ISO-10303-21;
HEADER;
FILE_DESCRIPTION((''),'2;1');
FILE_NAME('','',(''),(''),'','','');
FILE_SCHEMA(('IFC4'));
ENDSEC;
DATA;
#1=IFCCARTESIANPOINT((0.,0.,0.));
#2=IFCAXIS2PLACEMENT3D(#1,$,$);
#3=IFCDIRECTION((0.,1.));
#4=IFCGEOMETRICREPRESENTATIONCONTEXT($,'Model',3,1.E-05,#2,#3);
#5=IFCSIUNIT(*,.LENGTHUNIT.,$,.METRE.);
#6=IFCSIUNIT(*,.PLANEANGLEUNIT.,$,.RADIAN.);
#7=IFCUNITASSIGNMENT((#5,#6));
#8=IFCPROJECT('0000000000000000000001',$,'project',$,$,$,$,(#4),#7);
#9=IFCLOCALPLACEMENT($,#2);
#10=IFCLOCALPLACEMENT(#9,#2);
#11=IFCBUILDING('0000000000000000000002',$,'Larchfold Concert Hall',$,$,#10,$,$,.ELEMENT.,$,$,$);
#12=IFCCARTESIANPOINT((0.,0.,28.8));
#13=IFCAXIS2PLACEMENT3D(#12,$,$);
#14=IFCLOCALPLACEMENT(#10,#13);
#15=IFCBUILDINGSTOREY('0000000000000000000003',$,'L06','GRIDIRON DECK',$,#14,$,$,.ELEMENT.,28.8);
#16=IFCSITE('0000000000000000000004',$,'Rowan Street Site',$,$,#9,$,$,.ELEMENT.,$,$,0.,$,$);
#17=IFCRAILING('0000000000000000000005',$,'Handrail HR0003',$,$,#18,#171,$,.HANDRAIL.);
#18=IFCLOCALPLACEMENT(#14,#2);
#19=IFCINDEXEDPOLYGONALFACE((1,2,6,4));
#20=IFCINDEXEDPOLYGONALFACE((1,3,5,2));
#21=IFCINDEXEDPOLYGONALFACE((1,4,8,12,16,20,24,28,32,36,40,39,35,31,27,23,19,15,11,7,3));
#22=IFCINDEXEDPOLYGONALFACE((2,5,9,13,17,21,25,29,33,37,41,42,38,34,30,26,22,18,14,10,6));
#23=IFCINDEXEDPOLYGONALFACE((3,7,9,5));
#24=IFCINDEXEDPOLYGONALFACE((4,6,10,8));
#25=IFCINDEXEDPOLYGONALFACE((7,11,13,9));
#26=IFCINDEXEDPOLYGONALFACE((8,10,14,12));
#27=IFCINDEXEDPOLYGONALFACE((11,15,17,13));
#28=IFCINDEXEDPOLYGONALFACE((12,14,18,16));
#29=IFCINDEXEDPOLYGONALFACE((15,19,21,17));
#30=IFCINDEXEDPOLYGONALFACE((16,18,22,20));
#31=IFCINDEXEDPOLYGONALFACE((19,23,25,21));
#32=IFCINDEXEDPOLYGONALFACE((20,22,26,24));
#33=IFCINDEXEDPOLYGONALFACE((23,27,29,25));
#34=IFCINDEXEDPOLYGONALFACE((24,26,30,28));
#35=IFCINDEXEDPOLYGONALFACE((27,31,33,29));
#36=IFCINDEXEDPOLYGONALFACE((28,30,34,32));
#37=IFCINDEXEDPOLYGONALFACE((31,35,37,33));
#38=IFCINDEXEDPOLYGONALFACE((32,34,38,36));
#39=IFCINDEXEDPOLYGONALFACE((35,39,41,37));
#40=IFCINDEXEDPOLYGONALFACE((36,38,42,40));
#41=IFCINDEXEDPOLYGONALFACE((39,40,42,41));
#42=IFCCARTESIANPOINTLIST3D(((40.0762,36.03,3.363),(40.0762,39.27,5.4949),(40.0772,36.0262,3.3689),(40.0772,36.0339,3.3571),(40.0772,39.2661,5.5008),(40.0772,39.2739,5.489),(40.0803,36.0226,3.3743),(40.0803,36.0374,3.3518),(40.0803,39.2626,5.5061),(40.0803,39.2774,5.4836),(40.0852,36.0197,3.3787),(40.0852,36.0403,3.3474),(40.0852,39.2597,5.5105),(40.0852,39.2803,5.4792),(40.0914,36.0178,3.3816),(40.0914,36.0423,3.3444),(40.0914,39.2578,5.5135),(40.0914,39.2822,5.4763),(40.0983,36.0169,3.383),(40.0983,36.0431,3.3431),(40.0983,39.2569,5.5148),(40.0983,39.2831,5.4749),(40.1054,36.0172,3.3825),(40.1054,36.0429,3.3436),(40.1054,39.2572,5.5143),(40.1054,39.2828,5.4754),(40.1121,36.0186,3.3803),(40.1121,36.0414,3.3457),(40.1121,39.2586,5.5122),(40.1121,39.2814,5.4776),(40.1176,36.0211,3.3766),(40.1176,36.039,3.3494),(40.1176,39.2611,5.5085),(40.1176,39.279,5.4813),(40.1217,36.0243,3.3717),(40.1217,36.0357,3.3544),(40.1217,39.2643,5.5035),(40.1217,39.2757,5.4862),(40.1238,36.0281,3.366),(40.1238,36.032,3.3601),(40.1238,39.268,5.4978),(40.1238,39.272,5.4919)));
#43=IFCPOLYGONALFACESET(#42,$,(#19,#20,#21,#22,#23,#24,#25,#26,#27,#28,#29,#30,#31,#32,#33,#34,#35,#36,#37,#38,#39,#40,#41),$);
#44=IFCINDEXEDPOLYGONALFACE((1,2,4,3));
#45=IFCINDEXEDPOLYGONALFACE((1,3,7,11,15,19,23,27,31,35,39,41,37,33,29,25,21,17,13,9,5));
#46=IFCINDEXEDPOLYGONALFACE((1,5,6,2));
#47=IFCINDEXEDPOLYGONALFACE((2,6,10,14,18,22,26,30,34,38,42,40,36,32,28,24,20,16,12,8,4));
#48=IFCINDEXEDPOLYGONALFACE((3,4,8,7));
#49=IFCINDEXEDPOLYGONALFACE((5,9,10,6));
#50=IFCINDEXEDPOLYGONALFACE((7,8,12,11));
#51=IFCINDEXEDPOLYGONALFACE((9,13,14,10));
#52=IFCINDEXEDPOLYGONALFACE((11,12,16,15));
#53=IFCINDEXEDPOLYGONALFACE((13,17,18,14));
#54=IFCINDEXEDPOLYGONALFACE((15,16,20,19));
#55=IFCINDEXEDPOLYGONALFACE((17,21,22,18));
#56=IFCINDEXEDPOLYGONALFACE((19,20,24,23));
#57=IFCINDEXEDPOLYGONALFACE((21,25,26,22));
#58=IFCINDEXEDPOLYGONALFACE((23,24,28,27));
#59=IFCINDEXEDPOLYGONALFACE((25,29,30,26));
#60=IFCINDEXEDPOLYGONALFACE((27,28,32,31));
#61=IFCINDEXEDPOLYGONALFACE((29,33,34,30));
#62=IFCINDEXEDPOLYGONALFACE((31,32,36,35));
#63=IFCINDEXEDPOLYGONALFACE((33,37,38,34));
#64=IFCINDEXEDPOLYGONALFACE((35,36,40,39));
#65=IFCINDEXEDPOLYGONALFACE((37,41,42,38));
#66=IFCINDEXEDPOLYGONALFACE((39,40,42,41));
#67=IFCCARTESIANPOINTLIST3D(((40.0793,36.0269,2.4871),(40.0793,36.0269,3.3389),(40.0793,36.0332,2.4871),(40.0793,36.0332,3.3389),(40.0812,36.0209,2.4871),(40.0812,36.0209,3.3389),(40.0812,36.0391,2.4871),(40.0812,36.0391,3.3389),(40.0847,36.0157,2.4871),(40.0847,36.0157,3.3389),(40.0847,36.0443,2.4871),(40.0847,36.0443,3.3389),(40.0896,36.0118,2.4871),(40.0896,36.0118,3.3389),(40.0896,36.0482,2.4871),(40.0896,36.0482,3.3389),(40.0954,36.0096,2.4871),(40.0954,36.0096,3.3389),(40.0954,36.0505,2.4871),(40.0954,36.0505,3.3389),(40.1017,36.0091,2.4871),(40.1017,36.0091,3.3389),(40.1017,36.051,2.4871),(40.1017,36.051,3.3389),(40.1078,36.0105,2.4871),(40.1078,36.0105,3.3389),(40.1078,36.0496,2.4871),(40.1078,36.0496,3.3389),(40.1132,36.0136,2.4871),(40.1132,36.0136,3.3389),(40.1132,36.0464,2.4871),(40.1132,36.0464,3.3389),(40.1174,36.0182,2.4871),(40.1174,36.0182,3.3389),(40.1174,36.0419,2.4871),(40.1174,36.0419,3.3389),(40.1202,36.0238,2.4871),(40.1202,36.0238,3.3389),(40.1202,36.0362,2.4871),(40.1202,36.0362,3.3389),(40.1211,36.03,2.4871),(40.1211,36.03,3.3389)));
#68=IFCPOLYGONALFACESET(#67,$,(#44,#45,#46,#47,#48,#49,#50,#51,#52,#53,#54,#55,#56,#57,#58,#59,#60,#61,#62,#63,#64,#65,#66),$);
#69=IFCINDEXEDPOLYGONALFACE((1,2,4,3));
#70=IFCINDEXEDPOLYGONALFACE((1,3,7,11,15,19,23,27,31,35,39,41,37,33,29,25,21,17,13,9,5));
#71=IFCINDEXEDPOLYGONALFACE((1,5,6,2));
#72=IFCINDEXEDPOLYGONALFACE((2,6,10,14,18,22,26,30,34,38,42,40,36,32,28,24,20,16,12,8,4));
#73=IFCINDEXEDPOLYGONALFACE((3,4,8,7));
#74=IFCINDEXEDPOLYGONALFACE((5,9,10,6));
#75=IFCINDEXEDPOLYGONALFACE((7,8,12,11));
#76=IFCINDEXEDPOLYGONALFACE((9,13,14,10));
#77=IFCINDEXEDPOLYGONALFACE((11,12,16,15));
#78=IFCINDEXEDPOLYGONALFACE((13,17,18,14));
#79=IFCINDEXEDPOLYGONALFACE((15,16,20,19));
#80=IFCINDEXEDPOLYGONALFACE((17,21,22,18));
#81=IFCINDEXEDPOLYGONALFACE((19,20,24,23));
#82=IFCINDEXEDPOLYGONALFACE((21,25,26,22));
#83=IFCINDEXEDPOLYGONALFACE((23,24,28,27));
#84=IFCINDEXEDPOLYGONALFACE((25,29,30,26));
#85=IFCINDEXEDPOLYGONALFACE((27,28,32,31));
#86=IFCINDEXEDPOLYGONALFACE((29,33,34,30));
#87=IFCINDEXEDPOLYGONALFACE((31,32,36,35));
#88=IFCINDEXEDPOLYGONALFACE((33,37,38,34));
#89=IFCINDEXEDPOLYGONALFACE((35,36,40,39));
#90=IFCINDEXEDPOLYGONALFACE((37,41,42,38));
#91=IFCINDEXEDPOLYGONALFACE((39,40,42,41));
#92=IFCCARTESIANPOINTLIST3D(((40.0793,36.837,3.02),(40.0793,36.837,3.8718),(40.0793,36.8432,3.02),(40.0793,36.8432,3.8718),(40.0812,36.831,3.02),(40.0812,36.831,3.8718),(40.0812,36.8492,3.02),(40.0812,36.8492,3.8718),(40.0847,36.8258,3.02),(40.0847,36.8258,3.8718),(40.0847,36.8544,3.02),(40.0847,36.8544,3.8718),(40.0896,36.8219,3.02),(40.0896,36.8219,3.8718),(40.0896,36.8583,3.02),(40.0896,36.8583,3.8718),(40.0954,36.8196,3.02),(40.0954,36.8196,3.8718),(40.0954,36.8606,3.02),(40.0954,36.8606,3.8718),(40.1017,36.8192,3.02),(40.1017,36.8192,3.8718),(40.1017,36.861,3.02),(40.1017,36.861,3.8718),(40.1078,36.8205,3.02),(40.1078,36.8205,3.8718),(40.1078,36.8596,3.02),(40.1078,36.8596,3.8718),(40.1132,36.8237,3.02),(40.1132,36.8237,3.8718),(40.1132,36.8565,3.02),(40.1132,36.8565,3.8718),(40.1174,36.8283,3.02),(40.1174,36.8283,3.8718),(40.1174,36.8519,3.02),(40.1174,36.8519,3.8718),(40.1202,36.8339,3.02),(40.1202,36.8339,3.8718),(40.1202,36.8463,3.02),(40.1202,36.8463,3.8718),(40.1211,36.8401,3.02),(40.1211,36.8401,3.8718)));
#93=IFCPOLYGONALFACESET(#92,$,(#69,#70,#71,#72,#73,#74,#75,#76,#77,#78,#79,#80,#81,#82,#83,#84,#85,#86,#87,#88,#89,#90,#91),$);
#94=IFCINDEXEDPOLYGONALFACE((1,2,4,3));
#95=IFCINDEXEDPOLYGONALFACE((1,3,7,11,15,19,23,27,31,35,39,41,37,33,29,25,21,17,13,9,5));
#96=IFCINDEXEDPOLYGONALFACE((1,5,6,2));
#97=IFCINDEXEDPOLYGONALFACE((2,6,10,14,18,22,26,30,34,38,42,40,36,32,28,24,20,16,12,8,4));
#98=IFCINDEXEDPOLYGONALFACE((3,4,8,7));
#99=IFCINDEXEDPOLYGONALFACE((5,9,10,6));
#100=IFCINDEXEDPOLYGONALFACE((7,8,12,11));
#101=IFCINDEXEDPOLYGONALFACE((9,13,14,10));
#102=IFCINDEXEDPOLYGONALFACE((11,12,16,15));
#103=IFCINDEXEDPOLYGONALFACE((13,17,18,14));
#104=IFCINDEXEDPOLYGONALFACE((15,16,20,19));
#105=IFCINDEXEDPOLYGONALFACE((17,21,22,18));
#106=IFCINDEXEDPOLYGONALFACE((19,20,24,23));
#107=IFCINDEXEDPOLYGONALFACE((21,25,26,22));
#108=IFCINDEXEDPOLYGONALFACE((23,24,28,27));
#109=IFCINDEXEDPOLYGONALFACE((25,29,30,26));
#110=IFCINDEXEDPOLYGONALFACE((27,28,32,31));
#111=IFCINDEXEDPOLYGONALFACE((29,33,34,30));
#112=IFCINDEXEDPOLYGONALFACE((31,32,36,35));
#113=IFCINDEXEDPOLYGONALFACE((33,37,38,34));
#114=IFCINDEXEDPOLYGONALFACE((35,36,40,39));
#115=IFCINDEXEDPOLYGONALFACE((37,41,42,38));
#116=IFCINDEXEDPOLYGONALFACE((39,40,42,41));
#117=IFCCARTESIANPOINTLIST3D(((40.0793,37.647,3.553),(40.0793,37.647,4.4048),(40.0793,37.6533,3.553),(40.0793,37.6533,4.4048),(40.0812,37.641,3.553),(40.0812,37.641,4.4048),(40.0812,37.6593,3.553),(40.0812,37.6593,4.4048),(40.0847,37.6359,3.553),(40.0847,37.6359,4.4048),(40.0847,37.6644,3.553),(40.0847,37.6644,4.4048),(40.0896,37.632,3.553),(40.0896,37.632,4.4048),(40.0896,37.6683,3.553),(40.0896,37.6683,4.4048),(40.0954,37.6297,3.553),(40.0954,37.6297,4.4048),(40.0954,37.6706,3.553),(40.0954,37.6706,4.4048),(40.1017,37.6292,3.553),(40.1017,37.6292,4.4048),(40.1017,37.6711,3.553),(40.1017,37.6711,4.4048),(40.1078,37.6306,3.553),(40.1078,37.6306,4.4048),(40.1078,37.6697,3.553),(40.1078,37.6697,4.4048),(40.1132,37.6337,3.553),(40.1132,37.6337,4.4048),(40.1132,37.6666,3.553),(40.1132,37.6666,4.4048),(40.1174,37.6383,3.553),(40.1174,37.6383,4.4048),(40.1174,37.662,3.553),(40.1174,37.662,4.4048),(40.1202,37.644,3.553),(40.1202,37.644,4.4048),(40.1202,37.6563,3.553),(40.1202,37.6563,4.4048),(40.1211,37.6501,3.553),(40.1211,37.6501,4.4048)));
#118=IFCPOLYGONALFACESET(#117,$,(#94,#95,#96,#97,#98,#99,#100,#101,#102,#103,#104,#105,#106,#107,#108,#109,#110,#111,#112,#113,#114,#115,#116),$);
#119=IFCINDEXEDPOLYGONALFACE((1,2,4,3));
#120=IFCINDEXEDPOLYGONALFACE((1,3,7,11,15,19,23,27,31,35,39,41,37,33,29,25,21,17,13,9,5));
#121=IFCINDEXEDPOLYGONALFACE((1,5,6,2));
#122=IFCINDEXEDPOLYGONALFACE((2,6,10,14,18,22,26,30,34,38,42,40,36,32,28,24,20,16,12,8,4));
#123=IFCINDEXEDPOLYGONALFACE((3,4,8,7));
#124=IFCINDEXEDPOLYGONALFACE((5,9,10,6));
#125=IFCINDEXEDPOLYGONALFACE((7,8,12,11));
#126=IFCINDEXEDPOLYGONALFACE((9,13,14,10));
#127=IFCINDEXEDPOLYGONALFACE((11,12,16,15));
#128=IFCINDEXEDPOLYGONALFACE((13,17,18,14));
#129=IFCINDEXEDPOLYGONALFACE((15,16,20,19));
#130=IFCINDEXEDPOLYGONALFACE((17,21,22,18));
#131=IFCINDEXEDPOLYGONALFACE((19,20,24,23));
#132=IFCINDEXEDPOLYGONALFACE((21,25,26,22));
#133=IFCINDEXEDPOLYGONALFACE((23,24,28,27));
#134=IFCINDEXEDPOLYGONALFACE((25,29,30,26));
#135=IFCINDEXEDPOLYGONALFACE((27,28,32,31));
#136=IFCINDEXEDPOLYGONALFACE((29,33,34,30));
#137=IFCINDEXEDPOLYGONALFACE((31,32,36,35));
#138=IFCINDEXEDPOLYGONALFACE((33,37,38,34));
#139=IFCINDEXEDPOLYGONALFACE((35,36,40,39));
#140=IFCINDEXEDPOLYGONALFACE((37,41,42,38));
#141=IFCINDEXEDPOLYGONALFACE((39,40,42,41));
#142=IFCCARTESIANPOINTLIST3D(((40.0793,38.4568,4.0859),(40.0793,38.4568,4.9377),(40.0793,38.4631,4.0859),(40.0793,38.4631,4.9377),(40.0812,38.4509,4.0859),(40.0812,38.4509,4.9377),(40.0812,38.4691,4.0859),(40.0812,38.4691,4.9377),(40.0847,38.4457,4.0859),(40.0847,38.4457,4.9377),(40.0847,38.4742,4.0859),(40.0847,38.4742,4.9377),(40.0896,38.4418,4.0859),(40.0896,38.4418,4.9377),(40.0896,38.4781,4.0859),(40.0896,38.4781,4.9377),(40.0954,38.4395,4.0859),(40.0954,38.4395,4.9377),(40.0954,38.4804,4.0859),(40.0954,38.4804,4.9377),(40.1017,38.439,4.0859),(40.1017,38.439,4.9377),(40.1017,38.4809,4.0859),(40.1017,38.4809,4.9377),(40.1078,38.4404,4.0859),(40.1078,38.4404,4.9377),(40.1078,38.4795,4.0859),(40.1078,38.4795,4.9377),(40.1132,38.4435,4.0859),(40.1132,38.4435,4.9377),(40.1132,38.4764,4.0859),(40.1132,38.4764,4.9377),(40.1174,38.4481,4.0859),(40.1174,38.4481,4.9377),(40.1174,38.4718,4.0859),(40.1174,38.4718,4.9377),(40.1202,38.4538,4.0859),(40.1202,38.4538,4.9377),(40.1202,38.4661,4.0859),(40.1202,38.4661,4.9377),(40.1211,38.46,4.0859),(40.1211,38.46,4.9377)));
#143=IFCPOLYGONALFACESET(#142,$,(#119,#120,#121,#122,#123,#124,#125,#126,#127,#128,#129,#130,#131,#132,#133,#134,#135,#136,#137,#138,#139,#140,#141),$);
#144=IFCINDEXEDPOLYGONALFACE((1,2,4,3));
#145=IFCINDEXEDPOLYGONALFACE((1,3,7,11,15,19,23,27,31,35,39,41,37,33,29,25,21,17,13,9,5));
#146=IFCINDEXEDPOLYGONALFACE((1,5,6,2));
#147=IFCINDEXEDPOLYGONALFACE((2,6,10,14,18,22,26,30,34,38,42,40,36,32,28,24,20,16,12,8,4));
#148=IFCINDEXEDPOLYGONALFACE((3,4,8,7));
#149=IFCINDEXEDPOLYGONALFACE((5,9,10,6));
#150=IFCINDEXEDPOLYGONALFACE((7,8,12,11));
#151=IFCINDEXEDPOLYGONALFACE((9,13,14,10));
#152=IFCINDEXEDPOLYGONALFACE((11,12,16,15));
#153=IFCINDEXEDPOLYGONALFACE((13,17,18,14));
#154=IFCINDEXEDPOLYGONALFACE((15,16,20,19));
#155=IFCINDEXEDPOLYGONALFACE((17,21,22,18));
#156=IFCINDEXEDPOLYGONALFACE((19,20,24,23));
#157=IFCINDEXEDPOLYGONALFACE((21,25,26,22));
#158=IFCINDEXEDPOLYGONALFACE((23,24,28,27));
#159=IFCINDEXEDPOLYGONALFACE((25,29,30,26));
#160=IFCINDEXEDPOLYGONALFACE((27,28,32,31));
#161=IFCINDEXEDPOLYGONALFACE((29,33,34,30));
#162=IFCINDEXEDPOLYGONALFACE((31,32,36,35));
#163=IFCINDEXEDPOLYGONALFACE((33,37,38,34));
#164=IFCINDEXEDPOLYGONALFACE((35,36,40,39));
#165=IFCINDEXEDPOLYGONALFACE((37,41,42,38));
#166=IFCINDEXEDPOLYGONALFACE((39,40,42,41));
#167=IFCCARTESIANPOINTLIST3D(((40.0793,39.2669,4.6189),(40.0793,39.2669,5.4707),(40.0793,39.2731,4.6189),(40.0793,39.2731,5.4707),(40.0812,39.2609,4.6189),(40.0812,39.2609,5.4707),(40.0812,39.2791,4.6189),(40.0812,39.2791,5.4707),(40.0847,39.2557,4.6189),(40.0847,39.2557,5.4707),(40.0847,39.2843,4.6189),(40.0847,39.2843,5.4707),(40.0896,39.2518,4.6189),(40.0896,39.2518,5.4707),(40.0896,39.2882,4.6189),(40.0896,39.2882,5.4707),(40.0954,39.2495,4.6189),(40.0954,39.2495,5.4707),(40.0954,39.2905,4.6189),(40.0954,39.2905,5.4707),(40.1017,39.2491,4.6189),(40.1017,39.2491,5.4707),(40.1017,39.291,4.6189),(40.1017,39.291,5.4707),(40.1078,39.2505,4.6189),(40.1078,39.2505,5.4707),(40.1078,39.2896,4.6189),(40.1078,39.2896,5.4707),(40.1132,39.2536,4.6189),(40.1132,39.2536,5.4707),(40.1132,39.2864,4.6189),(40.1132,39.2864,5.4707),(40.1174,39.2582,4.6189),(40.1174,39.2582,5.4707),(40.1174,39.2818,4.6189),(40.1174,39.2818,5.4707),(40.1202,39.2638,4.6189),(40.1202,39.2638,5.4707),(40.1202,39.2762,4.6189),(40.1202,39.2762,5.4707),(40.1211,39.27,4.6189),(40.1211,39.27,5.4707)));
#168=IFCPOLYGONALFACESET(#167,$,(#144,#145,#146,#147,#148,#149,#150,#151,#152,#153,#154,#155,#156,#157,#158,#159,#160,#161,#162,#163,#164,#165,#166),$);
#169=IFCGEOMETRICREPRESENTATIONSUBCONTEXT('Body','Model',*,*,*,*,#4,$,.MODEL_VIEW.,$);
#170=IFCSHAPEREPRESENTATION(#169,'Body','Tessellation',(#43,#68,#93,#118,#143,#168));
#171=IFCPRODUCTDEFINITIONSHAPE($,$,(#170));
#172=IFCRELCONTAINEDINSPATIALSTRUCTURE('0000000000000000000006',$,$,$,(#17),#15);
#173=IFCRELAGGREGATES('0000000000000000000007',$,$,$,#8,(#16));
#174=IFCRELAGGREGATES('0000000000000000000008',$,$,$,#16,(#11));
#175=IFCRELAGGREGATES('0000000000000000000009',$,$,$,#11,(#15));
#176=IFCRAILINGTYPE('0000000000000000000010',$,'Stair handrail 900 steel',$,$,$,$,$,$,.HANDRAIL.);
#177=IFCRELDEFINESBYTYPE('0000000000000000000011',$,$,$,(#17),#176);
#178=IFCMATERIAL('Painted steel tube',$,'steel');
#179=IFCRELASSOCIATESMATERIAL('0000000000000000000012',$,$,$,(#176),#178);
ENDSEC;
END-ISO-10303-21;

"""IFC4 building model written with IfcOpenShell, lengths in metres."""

from ifc_helpers import new_model, si_unit, direction, frame, origin, origin_2d, place, context, subcontext, project, spatial, circle, extrude, material, type_object, element, save


model = new_model("IFC4")

# Units and contexts
model_context = context("Model", 3, precision=1e-05, world=origin(), true_north=direction((0.0, 1.0)))
body_context = subcontext(model_context, "Body", "Model", "MODEL_VIEW")
ifc_project = project(units=[si_unit("LENGTHUNIT", "METRE"), si_unit("PLANEANGLEUNIT", "RADIAN")], contexts=[model_context])

# Site, building, storey
site_placement = place(None, origin())
site = spatial("IfcSite", under=ifc_project, at=site_placement, Name="Rowan Street Site", CompositionType="ELEMENT", RefElevation=0.0)
building_placement = place(site_placement, origin())
building = spatial("IfcBuilding", under=site, at=building_placement, Name="Larchfold Concert Hall", CompositionType="ELEMENT")
storey_placement = place(building_placement, frame((0.0, 0.0, 28.8)))
storey = spatial("IfcBuildingStorey", under=building, at=storey_placement, Name="L06", Description="GRIDIRON DECK", CompositionType="ELEMENT", Elevation=28.8)

# Railing
ifc_material_1 = material(Name="Painted steel tube", Category="steel")
railing_type_1 = type_object("IfcRailingType", Name="Stair handrail 900 steel", PredefinedType="HANDRAIL", material=ifc_material_1)
for number, where, name in (
    (1, (40.1001, 36.03, 2.4871), "Handrail HR0003"),
):
    element("IfcRailing", number, at=place(storey_placement, frame(where)), inside=storey, type_object=railing_type_1, Name=name, PredefinedType="HANDRAIL", context=body_context, shape_type="SweptSolid", body=[
        extrude(circle(Radius=0.0239, at=origin_2d()), frame((0.0, 0.0, 0.876), z_axis=(0.0, 0.835386, 0.549664), x_axis=(-1.0, 0.0, 0.0)), (0.0, 0.0, 1.0), 3.8784),
        extrude(circle(Radius=0.021, at=origin_2d()), origin(), (0.0, 0.0, 1.0), 0.8518),
        extrude(circle(Radius=0.021, at=origin_2d()), frame((0.0, 0.8101, 0.533)), (0.0, 0.0, 1.0), 0.8518),
        extrude(circle(Radius=0.021, at=origin_2d()), frame((0.0, 1.6201, 1.0659)), (0.0, 0.0, 1.0), 0.8518),
        extrude(circle(Radius=0.021, at=origin_2d()), frame((0.0, 2.4299, 1.5989)), (0.0, 0.0, 1.0), 0.8518),
        extrude(circle(Radius=0.021, at=origin_2d()), frame((0.0, 3.24, 2.1318)), (0.0, 0.0, 1.0), 0.8518),
    ])

save(model, "model.ifc")
